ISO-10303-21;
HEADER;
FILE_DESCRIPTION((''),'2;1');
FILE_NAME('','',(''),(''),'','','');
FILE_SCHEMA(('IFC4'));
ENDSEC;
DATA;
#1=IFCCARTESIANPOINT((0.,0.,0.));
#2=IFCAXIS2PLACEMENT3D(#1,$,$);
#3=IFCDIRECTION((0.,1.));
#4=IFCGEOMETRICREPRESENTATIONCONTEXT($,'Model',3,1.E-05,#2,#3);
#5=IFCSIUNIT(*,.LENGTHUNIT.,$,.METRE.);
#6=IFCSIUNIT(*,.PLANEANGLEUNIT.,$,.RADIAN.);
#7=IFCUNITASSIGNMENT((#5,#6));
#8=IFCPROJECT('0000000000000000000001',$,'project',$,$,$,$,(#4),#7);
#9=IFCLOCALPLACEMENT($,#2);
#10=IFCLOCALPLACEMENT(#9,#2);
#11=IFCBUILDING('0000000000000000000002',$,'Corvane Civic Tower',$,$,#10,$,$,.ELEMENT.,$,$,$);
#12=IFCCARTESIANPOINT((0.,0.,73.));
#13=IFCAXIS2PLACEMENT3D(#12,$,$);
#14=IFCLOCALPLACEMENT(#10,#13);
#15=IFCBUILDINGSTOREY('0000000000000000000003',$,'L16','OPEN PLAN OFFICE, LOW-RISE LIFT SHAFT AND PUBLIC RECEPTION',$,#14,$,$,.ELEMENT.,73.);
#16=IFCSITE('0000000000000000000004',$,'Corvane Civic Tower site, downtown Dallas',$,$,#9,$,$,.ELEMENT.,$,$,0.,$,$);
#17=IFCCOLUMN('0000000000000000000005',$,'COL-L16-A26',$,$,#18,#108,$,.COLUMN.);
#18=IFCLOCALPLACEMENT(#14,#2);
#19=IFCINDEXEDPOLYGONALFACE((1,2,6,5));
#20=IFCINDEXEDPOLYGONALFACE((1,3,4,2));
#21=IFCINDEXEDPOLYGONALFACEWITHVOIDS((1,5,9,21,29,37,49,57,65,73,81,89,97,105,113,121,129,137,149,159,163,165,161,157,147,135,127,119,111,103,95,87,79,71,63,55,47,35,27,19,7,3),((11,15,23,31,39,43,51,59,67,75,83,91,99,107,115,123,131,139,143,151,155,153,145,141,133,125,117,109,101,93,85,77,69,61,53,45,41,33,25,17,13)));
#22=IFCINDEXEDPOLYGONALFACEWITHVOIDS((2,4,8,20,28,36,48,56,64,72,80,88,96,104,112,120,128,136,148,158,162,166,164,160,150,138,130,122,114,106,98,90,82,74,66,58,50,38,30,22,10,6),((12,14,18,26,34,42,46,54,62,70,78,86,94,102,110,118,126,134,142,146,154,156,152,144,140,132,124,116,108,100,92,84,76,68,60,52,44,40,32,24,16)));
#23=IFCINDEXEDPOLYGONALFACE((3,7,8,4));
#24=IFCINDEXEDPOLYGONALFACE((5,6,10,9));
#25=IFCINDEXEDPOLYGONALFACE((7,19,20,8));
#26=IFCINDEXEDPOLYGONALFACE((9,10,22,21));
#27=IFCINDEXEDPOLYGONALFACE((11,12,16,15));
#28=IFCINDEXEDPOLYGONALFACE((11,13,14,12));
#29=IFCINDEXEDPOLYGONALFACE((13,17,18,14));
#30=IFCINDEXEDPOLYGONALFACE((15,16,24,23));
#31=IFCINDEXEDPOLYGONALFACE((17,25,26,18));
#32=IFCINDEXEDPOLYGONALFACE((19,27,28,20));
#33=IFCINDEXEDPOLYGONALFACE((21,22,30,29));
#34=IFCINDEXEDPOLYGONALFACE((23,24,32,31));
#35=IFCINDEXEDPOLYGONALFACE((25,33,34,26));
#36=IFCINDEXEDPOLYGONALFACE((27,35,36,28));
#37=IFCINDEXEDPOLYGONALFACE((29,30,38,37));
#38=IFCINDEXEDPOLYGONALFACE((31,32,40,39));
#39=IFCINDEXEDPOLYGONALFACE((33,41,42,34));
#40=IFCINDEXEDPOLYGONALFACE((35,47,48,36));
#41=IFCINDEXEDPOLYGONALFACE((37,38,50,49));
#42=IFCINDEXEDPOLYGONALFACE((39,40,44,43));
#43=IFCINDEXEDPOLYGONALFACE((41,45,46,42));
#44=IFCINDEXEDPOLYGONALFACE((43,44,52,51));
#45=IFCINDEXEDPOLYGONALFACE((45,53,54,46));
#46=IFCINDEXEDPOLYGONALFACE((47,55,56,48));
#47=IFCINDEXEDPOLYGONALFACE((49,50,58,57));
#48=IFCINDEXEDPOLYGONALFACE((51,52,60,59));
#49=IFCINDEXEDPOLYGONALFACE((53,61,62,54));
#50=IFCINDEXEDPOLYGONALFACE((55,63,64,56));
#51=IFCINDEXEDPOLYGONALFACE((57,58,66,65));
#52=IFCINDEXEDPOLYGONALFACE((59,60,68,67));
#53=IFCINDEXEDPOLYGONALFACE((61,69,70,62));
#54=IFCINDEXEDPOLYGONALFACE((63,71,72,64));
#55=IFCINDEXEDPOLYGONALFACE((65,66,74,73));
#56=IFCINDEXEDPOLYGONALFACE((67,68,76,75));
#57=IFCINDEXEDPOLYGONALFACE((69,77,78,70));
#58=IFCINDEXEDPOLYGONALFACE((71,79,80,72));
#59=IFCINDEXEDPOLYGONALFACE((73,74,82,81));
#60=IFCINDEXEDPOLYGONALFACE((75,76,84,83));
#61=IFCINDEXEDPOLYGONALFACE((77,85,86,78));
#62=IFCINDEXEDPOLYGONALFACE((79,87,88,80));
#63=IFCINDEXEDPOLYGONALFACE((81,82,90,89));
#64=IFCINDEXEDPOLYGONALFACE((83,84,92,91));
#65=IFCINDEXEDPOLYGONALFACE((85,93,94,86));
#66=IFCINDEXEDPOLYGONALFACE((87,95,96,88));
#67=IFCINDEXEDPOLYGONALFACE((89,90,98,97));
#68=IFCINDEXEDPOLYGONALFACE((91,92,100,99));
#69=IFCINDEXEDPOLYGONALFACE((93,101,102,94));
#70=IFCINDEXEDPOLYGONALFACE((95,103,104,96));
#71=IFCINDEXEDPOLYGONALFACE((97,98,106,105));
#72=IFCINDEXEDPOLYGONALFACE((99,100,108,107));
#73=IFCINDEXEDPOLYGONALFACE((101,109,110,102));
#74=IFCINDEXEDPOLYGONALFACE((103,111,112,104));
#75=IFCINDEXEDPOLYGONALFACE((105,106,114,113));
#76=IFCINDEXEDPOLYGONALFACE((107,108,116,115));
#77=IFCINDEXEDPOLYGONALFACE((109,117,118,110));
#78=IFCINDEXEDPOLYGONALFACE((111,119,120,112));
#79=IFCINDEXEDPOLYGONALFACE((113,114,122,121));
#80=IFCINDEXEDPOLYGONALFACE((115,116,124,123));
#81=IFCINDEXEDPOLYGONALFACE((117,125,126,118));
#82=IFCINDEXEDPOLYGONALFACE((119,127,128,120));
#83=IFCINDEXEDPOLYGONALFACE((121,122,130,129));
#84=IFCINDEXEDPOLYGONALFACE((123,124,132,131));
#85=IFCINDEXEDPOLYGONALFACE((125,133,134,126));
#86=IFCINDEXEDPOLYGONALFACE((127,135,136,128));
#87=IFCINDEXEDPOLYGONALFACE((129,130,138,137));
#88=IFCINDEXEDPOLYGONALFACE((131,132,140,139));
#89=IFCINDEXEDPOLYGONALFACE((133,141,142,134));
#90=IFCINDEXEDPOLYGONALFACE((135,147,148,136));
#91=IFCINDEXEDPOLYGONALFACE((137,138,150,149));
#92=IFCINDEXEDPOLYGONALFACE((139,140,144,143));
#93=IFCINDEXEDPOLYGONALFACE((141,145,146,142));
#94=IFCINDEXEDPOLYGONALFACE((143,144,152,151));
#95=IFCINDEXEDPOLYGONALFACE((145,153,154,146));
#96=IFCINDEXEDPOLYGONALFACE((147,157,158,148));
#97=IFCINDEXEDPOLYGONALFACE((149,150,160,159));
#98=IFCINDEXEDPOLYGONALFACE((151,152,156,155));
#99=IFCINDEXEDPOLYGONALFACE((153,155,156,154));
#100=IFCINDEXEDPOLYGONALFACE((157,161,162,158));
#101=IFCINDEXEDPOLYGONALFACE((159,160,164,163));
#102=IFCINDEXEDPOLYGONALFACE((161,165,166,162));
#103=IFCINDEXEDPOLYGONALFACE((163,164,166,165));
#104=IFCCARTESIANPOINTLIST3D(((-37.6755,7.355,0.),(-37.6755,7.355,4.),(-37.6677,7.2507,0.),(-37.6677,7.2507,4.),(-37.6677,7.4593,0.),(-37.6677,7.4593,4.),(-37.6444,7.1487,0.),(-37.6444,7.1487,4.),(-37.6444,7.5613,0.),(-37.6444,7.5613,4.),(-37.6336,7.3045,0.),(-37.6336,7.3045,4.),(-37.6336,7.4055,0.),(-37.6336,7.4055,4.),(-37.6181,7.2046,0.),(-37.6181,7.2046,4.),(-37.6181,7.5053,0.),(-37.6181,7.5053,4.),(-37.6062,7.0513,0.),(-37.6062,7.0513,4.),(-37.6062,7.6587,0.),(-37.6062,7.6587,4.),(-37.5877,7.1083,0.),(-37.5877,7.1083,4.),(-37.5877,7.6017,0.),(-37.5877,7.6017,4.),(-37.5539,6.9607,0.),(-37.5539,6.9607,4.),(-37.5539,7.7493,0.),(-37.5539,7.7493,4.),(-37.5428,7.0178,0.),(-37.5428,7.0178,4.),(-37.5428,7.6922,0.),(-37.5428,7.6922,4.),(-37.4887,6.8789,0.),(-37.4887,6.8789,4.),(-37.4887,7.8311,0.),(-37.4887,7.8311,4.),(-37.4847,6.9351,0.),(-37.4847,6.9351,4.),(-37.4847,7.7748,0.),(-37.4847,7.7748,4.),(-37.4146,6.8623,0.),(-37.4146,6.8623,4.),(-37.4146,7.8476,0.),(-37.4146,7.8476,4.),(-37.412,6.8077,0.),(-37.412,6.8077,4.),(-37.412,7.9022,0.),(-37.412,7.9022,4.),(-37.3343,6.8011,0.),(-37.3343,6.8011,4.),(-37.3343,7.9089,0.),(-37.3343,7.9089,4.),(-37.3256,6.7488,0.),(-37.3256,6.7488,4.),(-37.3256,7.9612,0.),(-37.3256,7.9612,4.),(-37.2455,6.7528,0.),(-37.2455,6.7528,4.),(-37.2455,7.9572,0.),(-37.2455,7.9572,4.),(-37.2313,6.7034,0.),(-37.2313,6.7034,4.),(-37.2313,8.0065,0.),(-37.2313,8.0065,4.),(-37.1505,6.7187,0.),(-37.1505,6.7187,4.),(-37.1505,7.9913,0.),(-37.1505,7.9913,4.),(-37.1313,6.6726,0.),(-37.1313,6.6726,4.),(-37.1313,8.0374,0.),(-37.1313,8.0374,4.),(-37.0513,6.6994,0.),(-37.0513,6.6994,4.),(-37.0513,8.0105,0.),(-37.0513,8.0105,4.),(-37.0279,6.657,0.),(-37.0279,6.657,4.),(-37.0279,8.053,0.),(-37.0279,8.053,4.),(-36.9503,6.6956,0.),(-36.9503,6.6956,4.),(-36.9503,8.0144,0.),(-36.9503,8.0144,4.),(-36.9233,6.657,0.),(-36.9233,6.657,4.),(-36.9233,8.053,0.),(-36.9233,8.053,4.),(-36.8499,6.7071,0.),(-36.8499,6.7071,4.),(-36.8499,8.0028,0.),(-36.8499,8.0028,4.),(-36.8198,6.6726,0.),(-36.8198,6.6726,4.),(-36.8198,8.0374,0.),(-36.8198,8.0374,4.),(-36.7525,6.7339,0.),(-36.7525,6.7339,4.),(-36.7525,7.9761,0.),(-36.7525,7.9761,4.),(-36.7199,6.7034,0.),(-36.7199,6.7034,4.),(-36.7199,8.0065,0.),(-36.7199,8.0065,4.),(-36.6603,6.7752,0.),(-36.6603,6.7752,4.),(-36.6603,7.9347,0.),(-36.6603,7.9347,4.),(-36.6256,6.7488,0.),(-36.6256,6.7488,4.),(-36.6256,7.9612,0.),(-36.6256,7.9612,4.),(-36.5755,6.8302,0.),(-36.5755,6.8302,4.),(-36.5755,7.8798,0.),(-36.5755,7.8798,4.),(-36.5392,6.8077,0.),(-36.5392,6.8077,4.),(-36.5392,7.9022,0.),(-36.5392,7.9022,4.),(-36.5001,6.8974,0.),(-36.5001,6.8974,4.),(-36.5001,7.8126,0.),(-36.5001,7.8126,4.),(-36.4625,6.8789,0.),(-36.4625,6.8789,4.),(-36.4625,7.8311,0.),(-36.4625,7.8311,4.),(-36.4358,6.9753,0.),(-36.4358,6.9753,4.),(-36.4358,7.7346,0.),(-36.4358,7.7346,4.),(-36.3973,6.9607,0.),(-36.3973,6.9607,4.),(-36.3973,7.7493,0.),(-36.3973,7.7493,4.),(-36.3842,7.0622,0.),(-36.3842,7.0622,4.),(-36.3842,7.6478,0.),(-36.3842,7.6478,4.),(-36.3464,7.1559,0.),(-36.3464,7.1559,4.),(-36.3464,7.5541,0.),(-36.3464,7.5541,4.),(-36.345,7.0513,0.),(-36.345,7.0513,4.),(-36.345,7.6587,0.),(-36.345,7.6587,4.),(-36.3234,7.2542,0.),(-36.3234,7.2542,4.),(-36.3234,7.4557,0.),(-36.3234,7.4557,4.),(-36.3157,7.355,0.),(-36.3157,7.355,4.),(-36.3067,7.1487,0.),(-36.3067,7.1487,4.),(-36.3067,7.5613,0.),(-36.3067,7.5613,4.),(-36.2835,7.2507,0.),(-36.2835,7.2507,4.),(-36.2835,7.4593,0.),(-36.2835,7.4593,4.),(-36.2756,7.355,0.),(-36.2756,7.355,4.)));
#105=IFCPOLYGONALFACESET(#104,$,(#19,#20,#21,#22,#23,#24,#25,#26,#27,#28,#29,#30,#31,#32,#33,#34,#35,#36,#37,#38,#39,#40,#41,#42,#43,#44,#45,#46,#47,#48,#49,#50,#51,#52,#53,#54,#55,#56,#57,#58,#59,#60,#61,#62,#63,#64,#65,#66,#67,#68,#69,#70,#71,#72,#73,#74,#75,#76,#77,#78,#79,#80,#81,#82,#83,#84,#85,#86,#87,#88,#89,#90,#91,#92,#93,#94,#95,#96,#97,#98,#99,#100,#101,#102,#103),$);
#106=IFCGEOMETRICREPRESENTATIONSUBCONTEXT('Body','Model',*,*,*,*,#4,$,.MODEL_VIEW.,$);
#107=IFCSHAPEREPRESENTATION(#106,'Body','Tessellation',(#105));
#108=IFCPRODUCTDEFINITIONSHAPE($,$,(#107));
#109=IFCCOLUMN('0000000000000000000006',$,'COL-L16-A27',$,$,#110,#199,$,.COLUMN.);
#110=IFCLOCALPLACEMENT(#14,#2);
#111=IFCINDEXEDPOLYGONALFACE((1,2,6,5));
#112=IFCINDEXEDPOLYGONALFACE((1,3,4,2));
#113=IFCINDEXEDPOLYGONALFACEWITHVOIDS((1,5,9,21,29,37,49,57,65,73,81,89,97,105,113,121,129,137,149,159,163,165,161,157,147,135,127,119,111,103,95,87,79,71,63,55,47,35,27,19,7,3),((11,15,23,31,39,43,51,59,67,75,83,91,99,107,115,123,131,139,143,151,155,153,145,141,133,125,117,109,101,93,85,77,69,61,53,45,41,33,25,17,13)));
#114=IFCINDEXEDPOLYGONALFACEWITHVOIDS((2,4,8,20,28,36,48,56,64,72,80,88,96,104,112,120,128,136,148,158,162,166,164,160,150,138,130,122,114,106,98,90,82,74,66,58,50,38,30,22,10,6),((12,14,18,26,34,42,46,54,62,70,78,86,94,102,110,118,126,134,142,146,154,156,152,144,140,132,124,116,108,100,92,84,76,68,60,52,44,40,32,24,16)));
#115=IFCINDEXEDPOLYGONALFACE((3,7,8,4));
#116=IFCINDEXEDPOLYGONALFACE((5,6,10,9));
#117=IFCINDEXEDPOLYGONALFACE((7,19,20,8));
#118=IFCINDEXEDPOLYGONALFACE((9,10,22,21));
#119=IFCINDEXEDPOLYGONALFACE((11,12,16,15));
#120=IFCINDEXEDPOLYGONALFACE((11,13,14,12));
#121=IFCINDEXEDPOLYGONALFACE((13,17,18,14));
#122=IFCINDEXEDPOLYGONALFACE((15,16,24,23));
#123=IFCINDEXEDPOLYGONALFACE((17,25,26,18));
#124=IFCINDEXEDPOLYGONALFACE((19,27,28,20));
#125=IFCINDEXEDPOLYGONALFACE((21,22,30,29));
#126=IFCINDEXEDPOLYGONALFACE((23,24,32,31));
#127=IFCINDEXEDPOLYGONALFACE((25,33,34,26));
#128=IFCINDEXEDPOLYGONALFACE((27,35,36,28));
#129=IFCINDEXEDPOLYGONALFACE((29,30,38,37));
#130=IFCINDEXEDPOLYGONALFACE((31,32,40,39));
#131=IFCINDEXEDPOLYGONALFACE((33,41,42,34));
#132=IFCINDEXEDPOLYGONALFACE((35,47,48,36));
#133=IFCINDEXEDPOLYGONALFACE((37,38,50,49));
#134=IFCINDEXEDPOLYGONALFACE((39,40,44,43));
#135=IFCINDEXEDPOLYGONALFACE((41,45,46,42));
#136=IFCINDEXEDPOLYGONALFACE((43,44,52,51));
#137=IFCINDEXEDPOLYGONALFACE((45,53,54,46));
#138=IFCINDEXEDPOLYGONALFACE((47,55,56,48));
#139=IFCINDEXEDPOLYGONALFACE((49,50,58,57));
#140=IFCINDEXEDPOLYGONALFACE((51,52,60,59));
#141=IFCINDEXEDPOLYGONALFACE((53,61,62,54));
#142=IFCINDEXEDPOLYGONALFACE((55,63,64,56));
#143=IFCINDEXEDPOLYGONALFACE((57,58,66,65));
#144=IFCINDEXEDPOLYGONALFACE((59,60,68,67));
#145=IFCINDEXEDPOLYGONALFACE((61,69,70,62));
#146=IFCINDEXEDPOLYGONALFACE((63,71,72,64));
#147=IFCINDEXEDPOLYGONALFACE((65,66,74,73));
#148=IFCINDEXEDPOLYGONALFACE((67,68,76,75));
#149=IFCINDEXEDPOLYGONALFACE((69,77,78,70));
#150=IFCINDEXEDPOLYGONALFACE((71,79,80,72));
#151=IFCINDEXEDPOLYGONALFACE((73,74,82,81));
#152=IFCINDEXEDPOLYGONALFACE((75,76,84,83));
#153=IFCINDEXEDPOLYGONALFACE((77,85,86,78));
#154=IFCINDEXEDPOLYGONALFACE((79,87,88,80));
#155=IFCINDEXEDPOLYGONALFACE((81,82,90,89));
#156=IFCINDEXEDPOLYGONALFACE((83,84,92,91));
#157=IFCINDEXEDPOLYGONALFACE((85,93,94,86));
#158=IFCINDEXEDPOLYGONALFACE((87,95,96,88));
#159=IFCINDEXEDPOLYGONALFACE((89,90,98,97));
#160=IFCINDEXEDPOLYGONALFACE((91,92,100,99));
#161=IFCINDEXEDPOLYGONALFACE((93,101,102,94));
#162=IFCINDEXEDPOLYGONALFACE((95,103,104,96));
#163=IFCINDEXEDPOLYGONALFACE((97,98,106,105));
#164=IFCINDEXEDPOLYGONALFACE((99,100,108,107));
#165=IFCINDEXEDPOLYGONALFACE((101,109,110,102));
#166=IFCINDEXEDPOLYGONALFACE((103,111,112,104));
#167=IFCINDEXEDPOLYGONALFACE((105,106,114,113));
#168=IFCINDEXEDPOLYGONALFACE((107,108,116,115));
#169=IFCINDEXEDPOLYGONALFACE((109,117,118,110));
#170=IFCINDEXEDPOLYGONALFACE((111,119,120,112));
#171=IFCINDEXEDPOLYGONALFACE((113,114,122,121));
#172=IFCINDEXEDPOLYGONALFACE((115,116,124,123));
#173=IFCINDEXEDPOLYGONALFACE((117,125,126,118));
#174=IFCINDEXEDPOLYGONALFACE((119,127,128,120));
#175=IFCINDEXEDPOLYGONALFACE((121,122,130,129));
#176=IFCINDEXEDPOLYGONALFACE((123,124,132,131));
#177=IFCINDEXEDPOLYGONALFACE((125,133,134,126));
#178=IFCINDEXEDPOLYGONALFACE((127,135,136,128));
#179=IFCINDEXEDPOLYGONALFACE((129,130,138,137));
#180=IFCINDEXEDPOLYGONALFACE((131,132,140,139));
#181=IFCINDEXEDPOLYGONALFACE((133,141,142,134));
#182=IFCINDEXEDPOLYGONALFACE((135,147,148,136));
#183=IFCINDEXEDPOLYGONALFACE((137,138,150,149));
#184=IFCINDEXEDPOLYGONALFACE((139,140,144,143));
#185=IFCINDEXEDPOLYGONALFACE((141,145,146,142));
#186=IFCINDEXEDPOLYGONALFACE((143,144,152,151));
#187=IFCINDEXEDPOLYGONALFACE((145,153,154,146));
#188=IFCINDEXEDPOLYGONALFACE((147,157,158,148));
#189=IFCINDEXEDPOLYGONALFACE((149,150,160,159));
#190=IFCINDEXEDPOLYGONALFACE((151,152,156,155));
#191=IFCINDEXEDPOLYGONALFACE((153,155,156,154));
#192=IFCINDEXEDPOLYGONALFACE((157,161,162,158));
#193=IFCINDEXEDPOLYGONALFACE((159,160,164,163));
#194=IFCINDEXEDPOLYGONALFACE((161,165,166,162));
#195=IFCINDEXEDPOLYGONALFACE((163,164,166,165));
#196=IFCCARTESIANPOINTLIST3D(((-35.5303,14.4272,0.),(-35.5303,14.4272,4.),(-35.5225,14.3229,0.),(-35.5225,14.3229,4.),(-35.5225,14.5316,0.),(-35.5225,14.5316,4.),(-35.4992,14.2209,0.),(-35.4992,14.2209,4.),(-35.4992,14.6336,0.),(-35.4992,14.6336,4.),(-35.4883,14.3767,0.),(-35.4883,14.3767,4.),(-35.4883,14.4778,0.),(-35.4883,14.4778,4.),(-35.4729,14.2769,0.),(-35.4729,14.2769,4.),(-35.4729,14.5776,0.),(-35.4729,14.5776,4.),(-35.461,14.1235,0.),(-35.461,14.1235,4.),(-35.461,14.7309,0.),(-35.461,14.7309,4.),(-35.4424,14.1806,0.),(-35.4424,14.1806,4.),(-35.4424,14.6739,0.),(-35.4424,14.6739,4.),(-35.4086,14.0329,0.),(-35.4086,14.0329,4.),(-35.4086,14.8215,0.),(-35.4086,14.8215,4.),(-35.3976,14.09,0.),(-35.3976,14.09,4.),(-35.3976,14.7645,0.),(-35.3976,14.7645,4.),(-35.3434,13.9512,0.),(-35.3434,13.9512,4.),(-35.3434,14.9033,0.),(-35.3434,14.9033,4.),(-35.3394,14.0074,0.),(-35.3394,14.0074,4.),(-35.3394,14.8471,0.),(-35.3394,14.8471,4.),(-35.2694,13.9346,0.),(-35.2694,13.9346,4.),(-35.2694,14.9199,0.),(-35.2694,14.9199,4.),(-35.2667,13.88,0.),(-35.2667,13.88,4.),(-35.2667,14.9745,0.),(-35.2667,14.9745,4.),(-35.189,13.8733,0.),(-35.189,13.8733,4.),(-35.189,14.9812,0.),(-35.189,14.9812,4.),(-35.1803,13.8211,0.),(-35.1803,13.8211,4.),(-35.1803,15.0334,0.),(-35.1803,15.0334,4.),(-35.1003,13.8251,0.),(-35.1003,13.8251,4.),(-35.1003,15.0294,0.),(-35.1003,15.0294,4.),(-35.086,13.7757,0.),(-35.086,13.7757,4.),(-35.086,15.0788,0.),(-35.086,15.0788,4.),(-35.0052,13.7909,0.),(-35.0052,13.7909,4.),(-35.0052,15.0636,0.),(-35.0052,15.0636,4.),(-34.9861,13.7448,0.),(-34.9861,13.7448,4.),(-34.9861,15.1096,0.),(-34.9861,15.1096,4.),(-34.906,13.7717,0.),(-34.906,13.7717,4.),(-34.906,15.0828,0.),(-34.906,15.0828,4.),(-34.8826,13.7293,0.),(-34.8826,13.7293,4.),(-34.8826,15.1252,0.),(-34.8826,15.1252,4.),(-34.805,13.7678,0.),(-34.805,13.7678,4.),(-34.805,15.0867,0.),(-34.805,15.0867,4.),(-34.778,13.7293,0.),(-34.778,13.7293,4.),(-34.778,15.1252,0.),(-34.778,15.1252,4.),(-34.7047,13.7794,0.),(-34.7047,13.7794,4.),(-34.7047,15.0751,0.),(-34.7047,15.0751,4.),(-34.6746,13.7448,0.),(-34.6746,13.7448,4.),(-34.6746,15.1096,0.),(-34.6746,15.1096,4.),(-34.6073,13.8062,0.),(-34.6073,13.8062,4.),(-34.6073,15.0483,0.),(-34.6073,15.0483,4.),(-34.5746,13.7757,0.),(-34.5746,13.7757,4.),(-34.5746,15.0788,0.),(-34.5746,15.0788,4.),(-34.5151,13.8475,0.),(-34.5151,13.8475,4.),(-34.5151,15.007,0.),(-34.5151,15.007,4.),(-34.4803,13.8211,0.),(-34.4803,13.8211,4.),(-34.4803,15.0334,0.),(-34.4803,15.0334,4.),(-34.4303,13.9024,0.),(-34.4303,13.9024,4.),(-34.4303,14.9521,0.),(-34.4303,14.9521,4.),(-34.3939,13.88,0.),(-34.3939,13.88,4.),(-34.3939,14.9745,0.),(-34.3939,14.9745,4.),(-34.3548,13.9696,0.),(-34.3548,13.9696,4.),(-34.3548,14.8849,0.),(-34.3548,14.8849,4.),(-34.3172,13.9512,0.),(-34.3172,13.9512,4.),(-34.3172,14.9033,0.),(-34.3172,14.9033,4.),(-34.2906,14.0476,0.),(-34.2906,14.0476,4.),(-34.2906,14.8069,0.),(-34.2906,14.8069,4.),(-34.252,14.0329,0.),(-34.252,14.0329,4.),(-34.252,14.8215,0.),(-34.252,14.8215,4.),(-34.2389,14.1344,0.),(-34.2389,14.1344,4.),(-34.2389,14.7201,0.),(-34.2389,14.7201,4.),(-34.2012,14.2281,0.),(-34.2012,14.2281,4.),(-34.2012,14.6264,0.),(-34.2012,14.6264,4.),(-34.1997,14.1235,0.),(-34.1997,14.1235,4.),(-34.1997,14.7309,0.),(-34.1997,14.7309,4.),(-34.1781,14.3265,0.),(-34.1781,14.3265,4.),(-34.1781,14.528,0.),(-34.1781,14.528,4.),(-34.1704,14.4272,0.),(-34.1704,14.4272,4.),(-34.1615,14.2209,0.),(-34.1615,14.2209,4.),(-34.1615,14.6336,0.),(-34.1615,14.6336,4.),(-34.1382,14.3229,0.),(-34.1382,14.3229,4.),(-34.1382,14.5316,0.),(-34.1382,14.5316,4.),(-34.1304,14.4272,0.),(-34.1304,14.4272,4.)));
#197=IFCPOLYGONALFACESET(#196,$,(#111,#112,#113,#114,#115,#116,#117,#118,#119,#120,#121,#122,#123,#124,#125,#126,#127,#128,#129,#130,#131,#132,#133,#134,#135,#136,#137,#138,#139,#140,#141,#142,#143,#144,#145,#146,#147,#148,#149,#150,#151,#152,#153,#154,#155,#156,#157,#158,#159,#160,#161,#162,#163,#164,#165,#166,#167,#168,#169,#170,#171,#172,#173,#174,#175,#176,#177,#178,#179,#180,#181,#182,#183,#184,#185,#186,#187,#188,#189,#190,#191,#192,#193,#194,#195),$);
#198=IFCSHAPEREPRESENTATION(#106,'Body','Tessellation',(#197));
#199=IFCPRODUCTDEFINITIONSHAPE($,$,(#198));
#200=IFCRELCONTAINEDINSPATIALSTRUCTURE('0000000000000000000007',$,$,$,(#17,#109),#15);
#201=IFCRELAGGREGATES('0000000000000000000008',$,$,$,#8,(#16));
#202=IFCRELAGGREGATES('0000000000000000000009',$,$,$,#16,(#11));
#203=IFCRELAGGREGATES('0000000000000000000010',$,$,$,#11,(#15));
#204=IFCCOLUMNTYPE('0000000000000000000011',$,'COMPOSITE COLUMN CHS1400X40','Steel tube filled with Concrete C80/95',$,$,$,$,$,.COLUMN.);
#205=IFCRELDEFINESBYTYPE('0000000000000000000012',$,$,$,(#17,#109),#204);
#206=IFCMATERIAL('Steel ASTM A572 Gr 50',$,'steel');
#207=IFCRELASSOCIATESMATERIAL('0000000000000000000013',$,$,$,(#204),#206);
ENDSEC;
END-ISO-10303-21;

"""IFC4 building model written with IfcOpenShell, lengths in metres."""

from ifc_helpers import new_model, si_unit, direction, frame, origin, origin_2d, place, context, subcontext, project, spatial, hollow_circle, extrude, material, material_profile, profile_set, type_object, element, save


model = new_model("IFC4")

# Units and contexts
model_context = context("Model", 3, precision=1e-05, world=origin(), true_north=direction((0.0, 1.0)))
body_context = subcontext(model_context, "Body", "Model", "MODEL_VIEW")
ifc_project = project(units=[si_unit("LENGTHUNIT", "METRE"), si_unit("PLANEANGLEUNIT", "RADIAN")], contexts=[model_context])

# Site, building, storey
site_placement = place(None, origin())
site = spatial("IfcSite", under=ifc_project, at=site_placement, Name="Corvane Civic Tower site, downtown Dallas", CompositionType="ELEMENT", RefElevation=0.0)
building_placement = place(site_placement, origin())
building = spatial("IfcBuilding", under=site, at=building_placement, Name="Corvane Civic Tower", CompositionType="ELEMENT")
storey_placement = place(building_placement, frame((0.0, 0.0, 73.0)))
storey = spatial("IfcBuildingStorey", under=building, at=storey_placement, Name="L16", Description="OPEN PLAN OFFICE, LOW-RISE LIFT SHAFT AND PUBLIC RECEPTION", CompositionType="ELEMENT", Elevation=73.0)

# Columns
ifc_material_1 = material(Name="Steel ASTM A572 Gr 50", Category="steel")
ifc_material_profile_1 = material_profile(ifc_material_1, hollow_circle(Radius=0.7, WallThickness=0.04, at=origin_2d()), Name="CHS1400X40")
ifc_profile_set_1 = profile_set([ifc_material_profile_1], Name="Steel ASTM A572 Gr 50")
column_type = type_object("IfcColumnType", Name="COMPOSITE COLUMN CHS1400X40", Description="Steel tube filled with Concrete C80/95", PredefinedType="COLUMN", material=ifc_profile_set_1)
for number, where, z_axis, x_axis, name in (
    (1, (-36.9756, 7.355, 0.0), (0.0, 0.0, 1.0), (1.0, 0.0, 0.0), "COL-L16-A26"),
    (2, (-34.8303, 14.4272, 0.0), (0.0, 0.0, 1.0), (1.0, 0.0, 0.0), "COL-L16-A27"),
):
    element("IfcColumn", number, at=place(storey_placement, frame(where, z_axis=z_axis, x_axis=x_axis)), inside=storey, type_object=column_type, Name=name, PredefinedType="COLUMN", context=body_context, shape_type="SweptSolid", body=[
        extrude(hollow_circle(Radius=0.7, WallThickness=0.04, at=origin_2d()), origin(), (0.0, 0.0, 1.0), 4.0),
    ])

save(model, "model.ifc")
